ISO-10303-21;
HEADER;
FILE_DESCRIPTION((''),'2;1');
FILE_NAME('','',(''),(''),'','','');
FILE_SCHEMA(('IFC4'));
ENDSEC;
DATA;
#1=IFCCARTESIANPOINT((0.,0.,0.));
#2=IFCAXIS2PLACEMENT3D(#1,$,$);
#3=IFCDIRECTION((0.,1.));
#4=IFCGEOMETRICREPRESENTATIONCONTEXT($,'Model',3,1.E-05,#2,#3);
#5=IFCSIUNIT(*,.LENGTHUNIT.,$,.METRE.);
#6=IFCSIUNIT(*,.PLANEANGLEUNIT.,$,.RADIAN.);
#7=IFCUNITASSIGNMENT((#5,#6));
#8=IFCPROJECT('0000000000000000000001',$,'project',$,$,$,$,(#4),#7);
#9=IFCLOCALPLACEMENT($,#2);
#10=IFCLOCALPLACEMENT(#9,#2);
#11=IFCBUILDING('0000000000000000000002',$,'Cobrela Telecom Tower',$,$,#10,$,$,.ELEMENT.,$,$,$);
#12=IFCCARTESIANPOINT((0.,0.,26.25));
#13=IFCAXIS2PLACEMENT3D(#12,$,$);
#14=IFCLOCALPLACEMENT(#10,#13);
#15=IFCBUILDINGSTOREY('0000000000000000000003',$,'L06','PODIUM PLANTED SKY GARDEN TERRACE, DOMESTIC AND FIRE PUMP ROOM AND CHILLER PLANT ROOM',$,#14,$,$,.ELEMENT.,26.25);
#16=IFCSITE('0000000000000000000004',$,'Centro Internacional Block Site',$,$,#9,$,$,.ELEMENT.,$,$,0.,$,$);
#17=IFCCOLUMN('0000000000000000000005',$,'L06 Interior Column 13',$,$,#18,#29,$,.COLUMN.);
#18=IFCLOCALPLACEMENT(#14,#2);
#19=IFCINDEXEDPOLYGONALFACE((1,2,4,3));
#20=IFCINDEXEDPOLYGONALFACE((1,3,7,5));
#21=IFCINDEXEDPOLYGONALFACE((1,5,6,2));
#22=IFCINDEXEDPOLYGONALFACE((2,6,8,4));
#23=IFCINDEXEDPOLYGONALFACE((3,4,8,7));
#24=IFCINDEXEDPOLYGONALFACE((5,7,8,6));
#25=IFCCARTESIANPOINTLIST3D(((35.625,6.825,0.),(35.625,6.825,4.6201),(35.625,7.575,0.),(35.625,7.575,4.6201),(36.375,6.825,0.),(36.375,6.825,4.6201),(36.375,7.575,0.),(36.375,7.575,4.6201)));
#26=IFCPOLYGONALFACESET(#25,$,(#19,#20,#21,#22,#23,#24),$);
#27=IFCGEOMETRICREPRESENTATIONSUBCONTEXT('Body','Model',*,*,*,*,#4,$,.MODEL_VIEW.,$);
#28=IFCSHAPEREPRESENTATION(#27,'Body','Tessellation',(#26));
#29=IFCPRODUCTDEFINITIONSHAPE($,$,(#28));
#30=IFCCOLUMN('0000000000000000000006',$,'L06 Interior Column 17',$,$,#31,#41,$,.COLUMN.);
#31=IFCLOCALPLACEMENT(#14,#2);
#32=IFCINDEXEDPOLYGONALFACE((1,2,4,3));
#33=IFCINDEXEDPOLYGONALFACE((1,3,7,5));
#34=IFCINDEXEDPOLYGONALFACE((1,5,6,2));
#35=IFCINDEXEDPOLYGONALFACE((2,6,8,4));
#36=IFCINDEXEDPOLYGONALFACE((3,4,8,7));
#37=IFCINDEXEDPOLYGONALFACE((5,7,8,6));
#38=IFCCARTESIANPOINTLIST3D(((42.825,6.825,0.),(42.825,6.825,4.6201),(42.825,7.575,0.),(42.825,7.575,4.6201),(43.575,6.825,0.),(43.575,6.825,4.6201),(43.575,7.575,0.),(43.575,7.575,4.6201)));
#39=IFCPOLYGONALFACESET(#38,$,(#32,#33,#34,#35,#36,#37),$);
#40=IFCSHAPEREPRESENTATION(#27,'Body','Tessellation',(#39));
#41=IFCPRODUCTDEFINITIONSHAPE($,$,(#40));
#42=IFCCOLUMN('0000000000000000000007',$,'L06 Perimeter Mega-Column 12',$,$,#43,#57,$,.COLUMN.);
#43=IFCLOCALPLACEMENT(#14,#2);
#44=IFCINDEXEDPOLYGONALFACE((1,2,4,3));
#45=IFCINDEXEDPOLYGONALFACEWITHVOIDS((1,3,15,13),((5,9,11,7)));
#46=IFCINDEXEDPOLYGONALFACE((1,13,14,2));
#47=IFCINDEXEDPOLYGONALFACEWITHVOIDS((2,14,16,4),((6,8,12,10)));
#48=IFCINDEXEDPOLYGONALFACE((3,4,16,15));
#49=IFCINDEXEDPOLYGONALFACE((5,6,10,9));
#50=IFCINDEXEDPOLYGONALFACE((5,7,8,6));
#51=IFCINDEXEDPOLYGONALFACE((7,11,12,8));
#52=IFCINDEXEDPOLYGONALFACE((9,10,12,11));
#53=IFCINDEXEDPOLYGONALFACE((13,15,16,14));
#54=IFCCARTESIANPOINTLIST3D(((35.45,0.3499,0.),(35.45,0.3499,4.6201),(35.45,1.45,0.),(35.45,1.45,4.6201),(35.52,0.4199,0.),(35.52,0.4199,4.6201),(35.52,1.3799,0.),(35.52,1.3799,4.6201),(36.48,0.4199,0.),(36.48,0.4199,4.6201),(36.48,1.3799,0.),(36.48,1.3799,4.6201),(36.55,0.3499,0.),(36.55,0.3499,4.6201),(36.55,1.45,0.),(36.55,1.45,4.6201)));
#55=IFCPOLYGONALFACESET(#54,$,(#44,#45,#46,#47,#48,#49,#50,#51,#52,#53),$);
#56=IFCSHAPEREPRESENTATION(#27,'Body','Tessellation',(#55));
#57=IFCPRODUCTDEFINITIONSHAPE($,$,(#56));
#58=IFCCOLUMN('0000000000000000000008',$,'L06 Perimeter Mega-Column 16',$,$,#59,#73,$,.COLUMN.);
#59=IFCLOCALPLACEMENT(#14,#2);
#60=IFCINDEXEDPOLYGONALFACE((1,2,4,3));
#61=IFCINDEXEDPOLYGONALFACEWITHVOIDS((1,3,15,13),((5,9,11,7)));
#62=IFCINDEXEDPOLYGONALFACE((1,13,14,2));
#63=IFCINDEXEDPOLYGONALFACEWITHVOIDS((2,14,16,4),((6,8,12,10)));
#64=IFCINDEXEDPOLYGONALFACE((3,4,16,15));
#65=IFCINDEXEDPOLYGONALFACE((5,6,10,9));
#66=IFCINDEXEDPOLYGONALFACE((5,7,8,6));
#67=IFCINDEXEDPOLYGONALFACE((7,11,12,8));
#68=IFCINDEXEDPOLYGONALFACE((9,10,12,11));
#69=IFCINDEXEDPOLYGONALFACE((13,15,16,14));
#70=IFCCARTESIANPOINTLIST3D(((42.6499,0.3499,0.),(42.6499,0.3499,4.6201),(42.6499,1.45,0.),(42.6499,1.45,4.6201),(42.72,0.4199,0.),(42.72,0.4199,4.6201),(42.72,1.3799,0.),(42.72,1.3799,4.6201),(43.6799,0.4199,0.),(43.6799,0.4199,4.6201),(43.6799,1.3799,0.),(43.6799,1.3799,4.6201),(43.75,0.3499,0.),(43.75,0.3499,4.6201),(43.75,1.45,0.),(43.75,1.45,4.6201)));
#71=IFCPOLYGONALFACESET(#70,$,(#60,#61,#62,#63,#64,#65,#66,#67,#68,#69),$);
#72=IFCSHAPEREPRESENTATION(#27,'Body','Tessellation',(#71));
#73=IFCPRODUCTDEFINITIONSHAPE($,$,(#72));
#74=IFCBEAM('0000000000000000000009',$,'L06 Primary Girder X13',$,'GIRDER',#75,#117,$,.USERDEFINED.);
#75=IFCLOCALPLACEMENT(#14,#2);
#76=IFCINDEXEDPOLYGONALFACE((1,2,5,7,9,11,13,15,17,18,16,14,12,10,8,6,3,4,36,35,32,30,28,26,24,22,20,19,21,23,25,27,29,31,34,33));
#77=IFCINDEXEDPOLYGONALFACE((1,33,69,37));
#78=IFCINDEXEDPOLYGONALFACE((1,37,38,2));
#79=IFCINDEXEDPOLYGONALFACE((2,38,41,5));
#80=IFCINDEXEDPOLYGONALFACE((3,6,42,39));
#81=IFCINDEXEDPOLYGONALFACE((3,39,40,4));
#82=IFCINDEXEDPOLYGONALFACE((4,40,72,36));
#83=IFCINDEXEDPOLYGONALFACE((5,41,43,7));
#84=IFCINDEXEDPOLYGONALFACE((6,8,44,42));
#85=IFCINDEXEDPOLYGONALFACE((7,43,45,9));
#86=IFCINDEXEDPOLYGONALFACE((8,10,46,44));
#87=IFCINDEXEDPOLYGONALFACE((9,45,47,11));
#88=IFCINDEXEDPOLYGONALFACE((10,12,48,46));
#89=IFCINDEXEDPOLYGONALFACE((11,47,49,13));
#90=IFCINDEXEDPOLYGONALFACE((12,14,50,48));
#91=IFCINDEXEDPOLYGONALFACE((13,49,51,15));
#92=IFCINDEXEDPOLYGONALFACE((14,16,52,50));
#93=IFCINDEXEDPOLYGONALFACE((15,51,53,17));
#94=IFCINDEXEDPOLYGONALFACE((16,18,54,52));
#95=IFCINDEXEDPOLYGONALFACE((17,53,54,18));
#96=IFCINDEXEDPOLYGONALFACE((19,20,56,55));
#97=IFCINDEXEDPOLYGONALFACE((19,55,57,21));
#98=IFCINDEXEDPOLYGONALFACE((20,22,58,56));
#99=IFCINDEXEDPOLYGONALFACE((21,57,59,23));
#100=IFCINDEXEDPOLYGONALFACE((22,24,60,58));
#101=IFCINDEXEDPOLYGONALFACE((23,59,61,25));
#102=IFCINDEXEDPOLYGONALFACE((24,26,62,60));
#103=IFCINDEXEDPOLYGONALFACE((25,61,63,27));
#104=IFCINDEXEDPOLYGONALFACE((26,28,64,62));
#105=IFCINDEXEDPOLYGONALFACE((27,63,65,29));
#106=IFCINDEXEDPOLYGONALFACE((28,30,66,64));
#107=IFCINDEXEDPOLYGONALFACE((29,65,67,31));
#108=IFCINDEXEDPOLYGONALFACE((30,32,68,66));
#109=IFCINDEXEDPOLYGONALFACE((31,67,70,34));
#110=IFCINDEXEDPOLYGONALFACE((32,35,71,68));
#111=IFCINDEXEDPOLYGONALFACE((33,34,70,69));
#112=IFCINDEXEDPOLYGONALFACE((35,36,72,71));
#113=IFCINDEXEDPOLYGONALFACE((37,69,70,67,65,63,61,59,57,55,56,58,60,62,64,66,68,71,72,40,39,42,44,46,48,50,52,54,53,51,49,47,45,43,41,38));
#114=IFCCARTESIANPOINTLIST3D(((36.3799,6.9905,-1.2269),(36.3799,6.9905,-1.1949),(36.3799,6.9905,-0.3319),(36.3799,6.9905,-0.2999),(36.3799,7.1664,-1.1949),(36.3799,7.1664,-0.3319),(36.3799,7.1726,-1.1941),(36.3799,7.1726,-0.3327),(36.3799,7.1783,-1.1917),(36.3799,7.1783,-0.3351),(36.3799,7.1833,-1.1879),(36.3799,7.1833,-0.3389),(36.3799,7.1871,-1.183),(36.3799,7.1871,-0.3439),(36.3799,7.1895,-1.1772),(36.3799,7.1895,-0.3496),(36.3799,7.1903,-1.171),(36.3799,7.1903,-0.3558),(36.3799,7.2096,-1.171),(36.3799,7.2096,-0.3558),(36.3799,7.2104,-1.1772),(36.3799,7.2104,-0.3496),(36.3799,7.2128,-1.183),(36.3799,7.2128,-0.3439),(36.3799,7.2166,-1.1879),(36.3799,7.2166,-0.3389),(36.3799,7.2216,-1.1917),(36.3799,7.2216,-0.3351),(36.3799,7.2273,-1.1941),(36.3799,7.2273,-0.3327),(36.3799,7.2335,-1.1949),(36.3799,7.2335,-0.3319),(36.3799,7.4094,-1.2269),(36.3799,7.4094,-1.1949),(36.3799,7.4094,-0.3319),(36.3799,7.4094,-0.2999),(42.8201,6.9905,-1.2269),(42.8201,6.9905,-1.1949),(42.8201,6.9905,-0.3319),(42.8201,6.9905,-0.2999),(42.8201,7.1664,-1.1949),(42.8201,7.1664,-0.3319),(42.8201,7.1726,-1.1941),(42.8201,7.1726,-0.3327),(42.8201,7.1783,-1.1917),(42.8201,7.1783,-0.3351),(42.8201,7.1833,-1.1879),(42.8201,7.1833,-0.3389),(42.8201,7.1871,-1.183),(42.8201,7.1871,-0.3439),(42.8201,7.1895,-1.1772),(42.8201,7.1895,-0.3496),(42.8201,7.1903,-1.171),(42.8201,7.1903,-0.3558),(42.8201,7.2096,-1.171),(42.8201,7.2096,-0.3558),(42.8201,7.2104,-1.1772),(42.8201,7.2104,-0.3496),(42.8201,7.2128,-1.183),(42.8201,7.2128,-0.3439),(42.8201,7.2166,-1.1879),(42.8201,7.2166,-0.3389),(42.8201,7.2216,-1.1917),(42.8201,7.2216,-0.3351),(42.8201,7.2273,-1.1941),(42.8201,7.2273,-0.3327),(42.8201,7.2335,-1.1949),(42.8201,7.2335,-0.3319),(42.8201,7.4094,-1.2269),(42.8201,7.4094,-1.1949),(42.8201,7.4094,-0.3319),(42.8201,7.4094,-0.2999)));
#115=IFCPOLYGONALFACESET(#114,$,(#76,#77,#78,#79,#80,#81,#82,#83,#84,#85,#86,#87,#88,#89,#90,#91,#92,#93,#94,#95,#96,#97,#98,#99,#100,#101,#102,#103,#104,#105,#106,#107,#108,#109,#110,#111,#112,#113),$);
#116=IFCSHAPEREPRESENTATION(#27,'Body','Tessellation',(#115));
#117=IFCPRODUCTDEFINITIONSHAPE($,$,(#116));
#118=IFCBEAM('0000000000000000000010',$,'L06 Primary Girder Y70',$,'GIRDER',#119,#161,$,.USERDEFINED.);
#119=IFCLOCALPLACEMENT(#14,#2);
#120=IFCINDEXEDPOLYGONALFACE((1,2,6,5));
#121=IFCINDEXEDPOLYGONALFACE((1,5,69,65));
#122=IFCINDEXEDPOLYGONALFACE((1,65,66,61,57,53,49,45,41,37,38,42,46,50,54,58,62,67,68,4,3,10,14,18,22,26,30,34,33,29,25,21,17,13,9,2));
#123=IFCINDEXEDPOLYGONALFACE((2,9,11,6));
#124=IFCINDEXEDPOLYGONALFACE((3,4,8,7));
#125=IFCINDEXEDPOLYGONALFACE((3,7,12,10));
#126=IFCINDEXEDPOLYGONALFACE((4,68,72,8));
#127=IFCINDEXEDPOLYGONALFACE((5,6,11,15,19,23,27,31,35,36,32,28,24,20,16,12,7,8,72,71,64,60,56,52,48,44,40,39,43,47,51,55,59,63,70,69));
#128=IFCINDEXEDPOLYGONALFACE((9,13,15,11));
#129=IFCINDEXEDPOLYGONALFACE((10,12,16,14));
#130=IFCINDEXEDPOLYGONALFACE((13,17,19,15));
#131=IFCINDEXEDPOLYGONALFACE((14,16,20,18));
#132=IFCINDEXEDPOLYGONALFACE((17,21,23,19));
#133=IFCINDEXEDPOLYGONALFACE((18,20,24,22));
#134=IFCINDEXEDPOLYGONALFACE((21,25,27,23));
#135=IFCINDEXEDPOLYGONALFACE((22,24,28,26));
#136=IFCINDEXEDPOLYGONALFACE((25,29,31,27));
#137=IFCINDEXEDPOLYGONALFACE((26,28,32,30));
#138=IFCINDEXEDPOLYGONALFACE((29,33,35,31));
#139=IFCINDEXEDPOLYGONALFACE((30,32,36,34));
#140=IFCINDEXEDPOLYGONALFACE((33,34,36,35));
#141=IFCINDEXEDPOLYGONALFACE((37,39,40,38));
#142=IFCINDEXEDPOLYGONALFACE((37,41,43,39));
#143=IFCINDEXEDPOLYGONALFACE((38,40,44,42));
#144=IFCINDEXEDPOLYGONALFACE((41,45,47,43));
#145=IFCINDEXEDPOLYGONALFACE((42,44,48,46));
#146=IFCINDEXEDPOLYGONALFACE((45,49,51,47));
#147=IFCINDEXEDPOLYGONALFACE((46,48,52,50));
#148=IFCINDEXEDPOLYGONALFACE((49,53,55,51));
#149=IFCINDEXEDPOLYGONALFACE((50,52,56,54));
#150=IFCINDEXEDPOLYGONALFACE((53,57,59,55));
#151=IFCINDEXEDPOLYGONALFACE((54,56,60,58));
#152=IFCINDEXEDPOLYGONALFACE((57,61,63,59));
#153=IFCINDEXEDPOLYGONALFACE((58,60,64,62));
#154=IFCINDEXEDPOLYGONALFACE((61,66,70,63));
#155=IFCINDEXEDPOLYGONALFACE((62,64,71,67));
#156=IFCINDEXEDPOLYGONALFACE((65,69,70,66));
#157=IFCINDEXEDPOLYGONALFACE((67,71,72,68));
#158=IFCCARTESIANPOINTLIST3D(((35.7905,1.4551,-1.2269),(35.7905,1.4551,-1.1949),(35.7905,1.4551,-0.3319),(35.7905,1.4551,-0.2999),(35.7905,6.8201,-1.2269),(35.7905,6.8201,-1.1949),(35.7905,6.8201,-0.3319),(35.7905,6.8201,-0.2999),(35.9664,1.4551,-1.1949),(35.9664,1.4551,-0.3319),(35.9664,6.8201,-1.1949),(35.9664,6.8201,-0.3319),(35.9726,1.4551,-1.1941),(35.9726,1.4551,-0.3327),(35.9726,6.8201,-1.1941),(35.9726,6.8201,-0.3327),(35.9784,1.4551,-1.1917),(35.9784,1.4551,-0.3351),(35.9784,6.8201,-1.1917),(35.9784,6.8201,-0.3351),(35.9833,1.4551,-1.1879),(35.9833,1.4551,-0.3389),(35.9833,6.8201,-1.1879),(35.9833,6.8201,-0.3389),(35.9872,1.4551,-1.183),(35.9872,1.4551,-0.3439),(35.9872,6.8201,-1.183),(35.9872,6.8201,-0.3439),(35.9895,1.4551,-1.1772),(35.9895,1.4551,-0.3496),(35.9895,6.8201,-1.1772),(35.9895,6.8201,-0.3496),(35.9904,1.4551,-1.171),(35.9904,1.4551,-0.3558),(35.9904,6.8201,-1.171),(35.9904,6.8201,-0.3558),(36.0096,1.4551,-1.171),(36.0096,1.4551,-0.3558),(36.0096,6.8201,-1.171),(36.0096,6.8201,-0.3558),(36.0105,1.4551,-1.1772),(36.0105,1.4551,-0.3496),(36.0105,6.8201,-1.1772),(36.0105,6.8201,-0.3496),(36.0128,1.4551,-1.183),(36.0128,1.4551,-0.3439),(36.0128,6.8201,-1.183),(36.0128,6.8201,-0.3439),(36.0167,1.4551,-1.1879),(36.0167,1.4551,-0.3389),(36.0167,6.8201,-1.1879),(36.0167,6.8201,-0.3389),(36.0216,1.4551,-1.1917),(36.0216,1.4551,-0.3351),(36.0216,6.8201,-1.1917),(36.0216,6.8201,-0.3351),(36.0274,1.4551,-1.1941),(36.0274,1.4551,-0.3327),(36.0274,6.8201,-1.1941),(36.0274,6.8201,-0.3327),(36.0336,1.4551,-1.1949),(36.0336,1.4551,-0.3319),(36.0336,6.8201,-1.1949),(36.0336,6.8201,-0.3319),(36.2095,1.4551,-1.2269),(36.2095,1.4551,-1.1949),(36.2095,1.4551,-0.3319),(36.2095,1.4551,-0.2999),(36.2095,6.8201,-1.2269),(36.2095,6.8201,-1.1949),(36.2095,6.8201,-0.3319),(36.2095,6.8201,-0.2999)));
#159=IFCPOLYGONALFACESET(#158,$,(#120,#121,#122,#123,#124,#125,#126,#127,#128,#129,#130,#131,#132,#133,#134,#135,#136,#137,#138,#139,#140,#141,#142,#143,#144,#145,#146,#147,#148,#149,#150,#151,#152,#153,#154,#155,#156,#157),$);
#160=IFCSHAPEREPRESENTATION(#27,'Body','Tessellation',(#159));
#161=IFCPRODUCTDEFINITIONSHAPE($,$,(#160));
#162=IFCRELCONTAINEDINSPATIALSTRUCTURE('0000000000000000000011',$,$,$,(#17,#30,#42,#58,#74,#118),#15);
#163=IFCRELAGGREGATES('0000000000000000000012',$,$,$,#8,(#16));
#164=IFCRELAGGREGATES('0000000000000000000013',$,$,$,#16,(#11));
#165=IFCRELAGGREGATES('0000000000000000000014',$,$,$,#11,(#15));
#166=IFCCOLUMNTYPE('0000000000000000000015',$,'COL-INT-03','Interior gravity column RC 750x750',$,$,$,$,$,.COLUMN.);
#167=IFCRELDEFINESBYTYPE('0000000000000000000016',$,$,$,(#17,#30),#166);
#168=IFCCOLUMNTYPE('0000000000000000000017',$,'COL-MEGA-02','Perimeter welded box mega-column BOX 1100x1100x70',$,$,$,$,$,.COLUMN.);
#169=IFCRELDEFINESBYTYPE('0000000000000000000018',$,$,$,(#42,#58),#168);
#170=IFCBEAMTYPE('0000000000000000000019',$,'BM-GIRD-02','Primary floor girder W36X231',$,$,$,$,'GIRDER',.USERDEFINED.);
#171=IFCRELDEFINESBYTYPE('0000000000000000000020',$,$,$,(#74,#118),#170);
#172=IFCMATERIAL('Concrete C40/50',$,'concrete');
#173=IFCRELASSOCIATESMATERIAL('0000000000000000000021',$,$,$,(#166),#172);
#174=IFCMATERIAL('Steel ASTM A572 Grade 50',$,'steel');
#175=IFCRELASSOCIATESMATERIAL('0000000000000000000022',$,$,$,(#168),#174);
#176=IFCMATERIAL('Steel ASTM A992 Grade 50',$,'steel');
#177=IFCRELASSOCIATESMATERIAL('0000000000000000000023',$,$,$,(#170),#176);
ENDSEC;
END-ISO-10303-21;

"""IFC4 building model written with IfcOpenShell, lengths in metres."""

from ifc_helpers import new_model, si_unit, direction, frame, origin, origin_2d, place, context, subcontext, project, spatial, rectangle, hollow_rectangle, i_section, extrude, material, material_profile, profile_set, type_object, element, save


model = new_model("IFC4")

# Units and contexts
model_context = context("Model", 3, precision=1e-05, world=origin(), true_north=direction((0.0, 1.0)))
body_context = subcontext(model_context, "Body", "Model", "MODEL_VIEW")
ifc_project = project(units=[si_unit("LENGTHUNIT", "METRE"), si_unit("PLANEANGLEUNIT", "RADIAN")], contexts=[model_context])

# Site, building, storey
site_placement = place(None, origin())
site = spatial("IfcSite", under=ifc_project, at=site_placement, Name="Centro Internacional Block Site", CompositionType="ELEMENT", RefElevation=0.0)
building_placement = place(site_placement, origin())
building = spatial("IfcBuilding", under=site, at=building_placement, Name="Cobrela Telecom Tower", CompositionType="ELEMENT")
storey_placement = place(building_placement, frame((0.0, 0.0, 26.25)))
storey = spatial("IfcBuildingStorey", under=building, at=storey_placement, Name="L06", Description="PODIUM PLANTED SKY GARDEN TERRACE, DOMESTIC AND FIRE PUMP ROOM AND CHILLER PLANT ROOM", CompositionType="ELEMENT", Elevation=26.25)

# Columns
ifc_material_1 = material(Name="Concrete C40/50", Category="concrete")
ifc_material_profile_1 = material_profile(ifc_material_1, rectangle(XDim=0.75, YDim=0.75, at=origin_2d()), Name="RC 750x750")
ifc_profile_set_1 = profile_set([ifc_material_profile_1], Name="Concrete C40/50")
column_type_1 = type_object("IfcColumnType", Name="COL-INT-03", Description="Interior gravity column RC 750x750", PredefinedType="COLUMN", material=ifc_profile_set_1)
for number, where, z_axis, x_axis, name in (
    (1, (36.0, 7.2, 0.0), (0.0, 0.0, 1.0), (1.0, 0.0, 0.0), "L06 Interior Column 13"),
    (2, (43.2, 7.2, 0.0), (0.0, 0.0, 1.0), (1.0, 0.0, 0.0), "L06 Interior Column 17"),
):
    element("IfcColumn", number, at=place(storey_placement, frame(where, z_axis=z_axis, x_axis=x_axis)), inside=storey, type_object=column_type_1, Name=name, PredefinedType="COLUMN", context=body_context, shape_type="SweptSolid", body=[
        extrude(rectangle(XDim=0.75, YDim=0.75, at=origin_2d()), origin(), (0.0, 0.0, 1.0), 4.6201),
    ])
ifc_material_2 = material(Name="Steel ASTM A572 Grade 50", Category="steel")
ifc_material_profile_2 = material_profile(ifc_material_2, hollow_rectangle(XDim=1.1001, YDim=1.1001, WallThickness=0.0701, at=origin_2d()), Name="BOX 1100x1100x70")
ifc_profile_set_2 = profile_set([ifc_material_profile_2], Name="Steel ASTM A572 Grade 50")
column_type_2 = type_object("IfcColumnType", Name="COL-MEGA-02", Description="Perimeter welded box mega-column BOX 1100x1100x70", PredefinedType="COLUMN", material=ifc_profile_set_2)
for number, where, z_axis, x_axis, name in (
    (3, (36.0, 0.8999, 0.0), (0.0, 0.0, 1.0), (1.0, 0.0, 0.0), "L06 Perimeter Mega-Column 12"),
    (4, (43.2, 0.8999, 0.0), (0.0, 0.0, 1.0), (1.0, 0.0, 0.0), "L06 Perimeter Mega-Column 16"),
):
    element("IfcColumn", number, at=place(storey_placement, frame(where, z_axis=z_axis, x_axis=x_axis)), inside=storey, type_object=column_type_2, Name=name, PredefinedType="COLUMN", context=body_context, shape_type="SweptSolid", body=[
        extrude(hollow_rectangle(XDim=1.1001, YDim=1.1001, WallThickness=0.0701, at=origin_2d()), origin(), (0.0, 0.0, 1.0), 4.6201),
    ])

# Beams
ifc_material_3 = material(Name="Steel ASTM A992 Grade 50", Category="steel")
ifc_material_profile_3 = material_profile(ifc_material_3, i_section(OverallWidth=0.4189, OverallDepth=0.927, WebThickness=0.0193, FlangeThickness=0.032, FilletRadius=0.0239, at=origin_2d()), Name="W36X231")
ifc_profile_set_3 = profile_set([ifc_material_profile_3], Name="Steel ASTM A992 Grade 50")
beam_type_1 = type_object("IfcBeamType", Name="BM-GIRD-02", Description="Primary floor girder W36X231", ElementType="GIRDER", PredefinedType="USERDEFINED", material=ifc_profile_set_3)
beam_1_placement = place(storey_placement, frame((36.3799, 7.2, -0.7634), z_axis=(1.0, 0.0, 0.0), x_axis=(0.0, 1.0, 0.0)))
element("IfcBeam", 5, at=beam_1_placement, inside=storey, type_object=beam_type_1, Name="L06 Primary Girder X13", ObjectType="GIRDER", PredefinedType="USERDEFINED", context=body_context, shape_type="SweptSolid", body=[
    extrude(i_section(OverallWidth=0.4189, OverallDepth=0.927, WebThickness=0.0193, FlangeThickness=0.032, FilletRadius=0.0239, at=origin_2d()), origin(), (0.0, 0.0, 1.0), 6.4402),
])
beam_2_placement = place(storey_placement, frame((36.0, 1.4551, -0.7634), z_axis=(0.0, 1.0, 0.0), x_axis=(-1.0, 0.0, 0.0)))
element("IfcBeam", 6, at=beam_2_placement, inside=storey, type_object=beam_type_1, Name="L06 Primary Girder Y70", ObjectType="GIRDER", PredefinedType="USERDEFINED", context=body_context, shape_type="SweptSolid", body=[
    extrude(i_section(OverallWidth=0.4189, OverallDepth=0.927, WebThickness=0.0193, FlangeThickness=0.032, FilletRadius=0.0239, at=origin_2d()), origin(), (0.0, 0.0, 1.0), 5.365),
])

save(model, "model.ifc")
